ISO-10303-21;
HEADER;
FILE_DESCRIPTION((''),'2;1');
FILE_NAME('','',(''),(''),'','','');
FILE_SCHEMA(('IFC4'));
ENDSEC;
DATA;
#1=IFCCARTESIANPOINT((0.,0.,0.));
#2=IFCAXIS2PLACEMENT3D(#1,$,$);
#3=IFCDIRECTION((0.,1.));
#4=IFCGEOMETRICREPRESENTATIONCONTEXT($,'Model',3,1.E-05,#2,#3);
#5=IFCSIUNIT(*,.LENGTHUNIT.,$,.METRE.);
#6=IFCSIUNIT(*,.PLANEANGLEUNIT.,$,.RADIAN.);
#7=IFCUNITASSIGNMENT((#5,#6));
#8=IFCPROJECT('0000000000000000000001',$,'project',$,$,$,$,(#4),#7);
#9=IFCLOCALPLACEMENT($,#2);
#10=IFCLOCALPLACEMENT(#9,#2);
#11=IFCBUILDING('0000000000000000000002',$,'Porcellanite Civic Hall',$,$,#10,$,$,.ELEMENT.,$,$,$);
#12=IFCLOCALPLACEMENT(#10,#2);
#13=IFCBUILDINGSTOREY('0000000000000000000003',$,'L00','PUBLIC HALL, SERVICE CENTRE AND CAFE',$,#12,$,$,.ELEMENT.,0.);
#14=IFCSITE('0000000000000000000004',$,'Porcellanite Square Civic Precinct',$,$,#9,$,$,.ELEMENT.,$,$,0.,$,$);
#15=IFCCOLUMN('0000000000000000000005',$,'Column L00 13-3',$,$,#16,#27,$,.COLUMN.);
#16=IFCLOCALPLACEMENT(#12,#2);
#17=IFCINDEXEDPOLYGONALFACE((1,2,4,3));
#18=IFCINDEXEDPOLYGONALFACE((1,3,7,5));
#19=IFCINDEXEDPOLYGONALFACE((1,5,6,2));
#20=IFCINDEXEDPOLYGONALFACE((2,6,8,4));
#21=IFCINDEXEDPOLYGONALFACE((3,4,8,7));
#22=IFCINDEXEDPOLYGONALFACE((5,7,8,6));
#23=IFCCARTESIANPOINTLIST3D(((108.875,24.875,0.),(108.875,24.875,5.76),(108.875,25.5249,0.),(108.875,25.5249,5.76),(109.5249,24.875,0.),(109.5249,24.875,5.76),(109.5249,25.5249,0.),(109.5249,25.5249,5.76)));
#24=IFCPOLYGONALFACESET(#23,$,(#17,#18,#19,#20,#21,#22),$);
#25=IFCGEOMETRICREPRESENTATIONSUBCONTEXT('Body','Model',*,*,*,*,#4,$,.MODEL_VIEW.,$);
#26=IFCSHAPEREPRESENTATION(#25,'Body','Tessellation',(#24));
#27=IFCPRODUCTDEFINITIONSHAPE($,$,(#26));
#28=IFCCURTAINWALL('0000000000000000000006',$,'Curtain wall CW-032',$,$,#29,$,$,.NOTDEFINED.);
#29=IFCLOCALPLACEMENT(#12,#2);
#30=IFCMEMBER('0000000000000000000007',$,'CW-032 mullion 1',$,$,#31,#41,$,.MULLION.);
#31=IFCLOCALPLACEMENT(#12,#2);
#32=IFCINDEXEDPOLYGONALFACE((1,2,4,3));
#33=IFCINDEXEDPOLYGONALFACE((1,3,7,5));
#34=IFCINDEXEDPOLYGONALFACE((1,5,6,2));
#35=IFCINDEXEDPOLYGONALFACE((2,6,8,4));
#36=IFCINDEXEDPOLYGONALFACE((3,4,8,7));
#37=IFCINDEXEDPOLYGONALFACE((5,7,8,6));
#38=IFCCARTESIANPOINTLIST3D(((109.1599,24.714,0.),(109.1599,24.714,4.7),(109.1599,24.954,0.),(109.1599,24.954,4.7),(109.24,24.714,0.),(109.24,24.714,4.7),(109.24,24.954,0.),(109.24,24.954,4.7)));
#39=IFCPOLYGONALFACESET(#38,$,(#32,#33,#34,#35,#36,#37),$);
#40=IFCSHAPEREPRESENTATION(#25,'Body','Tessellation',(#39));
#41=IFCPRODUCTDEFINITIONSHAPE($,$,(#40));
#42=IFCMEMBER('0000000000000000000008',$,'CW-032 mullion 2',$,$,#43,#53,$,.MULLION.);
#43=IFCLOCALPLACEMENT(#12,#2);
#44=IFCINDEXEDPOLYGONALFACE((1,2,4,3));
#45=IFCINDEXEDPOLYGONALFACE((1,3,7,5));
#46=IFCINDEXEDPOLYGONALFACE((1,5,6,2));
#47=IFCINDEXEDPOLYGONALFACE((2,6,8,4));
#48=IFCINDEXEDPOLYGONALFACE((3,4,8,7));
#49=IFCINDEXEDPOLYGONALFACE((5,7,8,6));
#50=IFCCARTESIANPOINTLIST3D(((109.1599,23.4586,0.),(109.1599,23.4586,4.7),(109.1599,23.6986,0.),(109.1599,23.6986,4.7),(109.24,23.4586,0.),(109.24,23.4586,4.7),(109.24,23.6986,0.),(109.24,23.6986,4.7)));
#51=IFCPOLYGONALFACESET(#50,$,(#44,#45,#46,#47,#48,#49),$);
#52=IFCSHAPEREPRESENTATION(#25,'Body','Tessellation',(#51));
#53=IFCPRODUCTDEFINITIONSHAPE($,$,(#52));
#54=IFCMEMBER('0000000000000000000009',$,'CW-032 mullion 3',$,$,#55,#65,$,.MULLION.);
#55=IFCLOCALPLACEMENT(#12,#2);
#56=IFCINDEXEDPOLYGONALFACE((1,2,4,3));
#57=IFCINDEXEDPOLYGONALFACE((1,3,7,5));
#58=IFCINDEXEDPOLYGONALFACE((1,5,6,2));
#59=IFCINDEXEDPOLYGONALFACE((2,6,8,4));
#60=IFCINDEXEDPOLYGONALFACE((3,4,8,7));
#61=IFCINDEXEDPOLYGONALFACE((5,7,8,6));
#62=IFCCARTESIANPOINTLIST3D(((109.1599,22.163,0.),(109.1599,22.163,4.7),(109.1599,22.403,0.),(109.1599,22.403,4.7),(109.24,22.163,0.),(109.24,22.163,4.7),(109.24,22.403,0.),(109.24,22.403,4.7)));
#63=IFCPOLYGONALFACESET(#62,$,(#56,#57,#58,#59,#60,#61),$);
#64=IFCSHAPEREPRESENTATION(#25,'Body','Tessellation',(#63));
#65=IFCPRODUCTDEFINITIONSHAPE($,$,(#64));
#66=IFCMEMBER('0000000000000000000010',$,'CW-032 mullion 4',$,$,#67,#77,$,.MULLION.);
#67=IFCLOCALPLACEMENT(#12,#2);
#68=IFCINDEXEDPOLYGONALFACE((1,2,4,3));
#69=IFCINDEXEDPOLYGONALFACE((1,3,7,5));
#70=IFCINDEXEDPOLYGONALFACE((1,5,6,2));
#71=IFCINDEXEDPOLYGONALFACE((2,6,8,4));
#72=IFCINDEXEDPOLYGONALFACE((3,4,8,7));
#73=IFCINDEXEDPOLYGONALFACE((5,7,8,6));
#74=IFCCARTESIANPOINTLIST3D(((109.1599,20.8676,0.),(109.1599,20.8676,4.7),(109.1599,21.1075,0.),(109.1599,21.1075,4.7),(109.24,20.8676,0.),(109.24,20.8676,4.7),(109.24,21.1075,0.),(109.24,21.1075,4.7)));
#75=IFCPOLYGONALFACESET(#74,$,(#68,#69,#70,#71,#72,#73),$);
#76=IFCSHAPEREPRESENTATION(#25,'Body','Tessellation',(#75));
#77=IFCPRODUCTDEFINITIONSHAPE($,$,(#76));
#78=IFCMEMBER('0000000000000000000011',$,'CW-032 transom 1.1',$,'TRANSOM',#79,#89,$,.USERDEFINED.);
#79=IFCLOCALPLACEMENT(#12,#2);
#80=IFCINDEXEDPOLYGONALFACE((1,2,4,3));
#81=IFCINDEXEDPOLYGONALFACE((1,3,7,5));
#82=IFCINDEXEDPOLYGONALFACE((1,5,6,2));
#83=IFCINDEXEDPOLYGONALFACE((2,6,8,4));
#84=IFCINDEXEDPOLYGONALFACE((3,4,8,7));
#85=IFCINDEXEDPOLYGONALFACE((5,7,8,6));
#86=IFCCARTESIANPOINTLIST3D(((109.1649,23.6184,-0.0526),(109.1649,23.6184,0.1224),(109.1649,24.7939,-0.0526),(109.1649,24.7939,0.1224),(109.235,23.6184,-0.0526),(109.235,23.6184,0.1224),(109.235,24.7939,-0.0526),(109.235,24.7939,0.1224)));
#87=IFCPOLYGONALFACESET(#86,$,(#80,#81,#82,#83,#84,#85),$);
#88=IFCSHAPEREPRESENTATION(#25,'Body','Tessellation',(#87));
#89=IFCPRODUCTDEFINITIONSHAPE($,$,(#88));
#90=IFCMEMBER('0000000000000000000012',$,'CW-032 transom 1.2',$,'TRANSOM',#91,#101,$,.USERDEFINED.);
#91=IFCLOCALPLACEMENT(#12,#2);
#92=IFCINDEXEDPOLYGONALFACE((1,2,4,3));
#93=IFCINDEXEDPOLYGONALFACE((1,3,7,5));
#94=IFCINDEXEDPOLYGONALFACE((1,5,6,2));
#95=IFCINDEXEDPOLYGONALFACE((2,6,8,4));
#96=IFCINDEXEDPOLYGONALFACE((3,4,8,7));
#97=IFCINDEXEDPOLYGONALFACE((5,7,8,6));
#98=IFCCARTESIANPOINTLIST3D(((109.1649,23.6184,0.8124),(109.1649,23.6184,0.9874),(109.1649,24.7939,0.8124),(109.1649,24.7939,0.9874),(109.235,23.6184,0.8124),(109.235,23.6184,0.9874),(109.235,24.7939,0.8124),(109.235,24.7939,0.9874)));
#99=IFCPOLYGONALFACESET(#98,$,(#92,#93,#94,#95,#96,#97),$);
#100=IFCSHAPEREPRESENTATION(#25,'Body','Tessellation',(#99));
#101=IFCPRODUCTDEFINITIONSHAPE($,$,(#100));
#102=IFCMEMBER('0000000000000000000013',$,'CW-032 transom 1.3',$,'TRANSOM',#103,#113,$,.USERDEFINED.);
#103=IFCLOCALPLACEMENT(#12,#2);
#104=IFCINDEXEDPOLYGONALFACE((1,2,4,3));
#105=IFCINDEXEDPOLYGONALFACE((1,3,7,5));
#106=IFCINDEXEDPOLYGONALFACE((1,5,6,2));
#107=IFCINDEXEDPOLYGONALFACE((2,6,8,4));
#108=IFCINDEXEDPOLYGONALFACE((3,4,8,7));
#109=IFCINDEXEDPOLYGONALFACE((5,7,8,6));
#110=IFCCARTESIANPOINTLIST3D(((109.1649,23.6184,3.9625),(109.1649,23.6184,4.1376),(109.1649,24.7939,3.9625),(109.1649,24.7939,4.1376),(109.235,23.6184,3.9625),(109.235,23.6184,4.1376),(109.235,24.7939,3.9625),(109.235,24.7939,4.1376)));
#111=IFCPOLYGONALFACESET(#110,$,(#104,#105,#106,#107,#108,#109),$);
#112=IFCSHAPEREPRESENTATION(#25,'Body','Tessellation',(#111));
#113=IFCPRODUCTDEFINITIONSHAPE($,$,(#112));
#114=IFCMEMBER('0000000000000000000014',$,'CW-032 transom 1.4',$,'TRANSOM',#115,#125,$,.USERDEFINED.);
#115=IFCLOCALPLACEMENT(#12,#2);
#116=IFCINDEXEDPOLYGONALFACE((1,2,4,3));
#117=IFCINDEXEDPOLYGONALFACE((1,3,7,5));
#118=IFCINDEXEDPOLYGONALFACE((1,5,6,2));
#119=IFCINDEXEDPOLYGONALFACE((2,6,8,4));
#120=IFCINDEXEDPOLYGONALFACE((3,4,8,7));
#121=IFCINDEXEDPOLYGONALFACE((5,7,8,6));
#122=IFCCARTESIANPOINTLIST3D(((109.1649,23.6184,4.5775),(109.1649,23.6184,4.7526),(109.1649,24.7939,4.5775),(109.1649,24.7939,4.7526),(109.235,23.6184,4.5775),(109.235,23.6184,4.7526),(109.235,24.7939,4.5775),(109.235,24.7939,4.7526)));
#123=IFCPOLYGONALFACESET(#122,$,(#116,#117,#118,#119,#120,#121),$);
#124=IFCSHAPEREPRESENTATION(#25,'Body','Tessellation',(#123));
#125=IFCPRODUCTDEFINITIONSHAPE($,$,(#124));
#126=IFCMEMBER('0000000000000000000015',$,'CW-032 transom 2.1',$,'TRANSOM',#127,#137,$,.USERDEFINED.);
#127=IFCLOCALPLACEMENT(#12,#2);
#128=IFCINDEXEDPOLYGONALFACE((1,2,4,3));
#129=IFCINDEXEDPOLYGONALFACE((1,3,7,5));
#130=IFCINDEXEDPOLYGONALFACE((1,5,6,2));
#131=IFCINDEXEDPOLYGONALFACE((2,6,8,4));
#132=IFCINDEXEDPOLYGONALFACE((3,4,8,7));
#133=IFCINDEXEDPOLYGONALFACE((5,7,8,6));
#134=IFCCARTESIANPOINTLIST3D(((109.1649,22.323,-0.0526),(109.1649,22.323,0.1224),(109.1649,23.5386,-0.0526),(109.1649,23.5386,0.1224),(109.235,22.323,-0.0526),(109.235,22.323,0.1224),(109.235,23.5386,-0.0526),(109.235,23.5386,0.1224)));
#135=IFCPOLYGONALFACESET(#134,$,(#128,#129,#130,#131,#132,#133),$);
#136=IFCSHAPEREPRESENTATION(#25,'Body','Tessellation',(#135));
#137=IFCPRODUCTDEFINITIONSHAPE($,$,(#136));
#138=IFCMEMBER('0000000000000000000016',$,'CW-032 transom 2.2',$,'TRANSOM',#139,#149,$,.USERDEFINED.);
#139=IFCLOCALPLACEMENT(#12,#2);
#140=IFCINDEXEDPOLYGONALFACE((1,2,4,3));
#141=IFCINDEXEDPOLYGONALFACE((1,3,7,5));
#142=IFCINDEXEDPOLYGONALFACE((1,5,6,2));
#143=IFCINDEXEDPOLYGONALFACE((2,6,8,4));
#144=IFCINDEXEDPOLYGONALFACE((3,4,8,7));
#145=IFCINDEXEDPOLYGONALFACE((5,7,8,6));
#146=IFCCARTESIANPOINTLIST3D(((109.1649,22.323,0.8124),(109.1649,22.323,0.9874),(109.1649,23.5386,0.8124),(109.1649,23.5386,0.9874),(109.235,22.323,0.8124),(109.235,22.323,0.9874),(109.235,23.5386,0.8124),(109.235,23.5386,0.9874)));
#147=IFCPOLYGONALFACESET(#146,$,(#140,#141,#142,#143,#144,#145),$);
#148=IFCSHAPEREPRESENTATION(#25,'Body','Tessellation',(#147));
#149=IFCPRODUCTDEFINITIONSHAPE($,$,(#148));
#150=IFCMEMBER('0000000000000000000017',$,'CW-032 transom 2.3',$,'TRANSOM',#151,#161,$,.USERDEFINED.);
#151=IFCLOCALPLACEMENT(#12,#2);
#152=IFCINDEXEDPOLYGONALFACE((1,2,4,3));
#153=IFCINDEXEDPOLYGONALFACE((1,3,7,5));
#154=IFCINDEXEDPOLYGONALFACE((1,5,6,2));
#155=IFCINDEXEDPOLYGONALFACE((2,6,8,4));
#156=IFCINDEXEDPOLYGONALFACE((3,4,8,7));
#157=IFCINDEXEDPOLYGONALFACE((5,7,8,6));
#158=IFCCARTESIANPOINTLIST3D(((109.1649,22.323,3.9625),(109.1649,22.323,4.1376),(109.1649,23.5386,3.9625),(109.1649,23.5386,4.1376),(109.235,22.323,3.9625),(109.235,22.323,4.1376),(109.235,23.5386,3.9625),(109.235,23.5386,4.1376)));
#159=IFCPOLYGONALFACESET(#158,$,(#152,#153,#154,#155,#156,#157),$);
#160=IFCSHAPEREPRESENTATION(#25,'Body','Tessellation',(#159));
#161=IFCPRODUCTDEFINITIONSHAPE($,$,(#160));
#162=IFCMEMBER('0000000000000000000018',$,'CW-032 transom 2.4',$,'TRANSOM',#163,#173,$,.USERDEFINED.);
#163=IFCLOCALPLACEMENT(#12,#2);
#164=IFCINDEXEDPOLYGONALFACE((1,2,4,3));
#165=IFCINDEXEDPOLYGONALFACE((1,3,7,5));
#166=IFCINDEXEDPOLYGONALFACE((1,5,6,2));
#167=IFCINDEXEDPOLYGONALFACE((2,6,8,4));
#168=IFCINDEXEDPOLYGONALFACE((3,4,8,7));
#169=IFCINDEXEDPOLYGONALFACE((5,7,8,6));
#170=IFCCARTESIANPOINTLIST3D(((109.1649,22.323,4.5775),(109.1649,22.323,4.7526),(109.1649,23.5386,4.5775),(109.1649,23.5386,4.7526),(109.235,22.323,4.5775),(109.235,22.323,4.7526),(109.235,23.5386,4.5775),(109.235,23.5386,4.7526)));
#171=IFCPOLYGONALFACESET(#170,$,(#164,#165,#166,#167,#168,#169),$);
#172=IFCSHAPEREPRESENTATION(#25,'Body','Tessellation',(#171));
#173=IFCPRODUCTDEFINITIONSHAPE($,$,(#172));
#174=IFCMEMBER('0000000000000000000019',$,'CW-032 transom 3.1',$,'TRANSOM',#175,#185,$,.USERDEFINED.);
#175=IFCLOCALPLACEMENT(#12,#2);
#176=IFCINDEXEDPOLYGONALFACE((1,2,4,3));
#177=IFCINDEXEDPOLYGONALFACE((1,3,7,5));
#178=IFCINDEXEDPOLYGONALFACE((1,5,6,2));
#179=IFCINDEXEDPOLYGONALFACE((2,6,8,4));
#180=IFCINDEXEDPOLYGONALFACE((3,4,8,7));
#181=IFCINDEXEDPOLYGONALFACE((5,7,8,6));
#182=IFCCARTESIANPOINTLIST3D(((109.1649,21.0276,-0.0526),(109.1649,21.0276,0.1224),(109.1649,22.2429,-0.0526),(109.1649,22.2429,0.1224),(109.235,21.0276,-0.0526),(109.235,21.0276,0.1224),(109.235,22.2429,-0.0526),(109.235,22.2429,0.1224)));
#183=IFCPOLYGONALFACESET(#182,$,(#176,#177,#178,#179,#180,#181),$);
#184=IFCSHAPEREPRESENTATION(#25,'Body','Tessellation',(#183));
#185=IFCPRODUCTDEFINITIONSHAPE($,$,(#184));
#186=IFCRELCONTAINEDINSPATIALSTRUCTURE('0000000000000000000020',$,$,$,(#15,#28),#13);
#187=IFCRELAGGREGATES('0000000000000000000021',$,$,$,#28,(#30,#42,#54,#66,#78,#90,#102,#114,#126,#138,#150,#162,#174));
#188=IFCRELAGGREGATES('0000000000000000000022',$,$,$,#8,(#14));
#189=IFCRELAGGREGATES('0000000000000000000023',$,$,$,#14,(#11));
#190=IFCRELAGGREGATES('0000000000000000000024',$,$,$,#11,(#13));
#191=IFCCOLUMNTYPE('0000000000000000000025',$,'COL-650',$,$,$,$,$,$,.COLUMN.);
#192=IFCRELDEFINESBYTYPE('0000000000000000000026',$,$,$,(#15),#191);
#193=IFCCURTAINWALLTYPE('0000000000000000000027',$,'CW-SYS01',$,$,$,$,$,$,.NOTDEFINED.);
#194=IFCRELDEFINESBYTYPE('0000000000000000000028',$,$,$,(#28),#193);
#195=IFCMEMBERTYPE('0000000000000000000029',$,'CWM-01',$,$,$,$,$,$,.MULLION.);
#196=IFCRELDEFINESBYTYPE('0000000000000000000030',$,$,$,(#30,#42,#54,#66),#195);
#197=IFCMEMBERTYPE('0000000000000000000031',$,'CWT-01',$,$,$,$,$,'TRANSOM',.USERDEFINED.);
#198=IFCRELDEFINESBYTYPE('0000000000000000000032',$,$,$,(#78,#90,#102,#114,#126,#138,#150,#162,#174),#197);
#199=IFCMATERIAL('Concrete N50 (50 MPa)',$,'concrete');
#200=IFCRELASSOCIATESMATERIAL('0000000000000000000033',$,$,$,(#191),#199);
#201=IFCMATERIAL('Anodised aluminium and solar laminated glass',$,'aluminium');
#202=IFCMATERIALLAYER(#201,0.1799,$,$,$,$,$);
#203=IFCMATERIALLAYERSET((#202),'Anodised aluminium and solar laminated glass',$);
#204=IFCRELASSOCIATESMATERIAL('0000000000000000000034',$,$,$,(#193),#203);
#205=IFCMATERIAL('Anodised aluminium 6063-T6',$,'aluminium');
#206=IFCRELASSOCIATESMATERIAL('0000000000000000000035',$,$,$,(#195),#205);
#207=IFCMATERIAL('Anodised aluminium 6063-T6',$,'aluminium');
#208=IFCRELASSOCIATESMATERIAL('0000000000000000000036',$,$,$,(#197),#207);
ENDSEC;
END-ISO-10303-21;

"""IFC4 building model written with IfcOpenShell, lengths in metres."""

from ifc_helpers import new_model, si_unit, direction, frame, origin, origin_2d, place, context, subcontext, project, spatial, rectangle, extrude, material, layer, layer_set, material_profile, profile_set, type_object, element, aggregate, save


model = new_model("IFC4")

# Units and contexts
model_context = context("Model", 3, precision=1e-05, world=origin(), true_north=direction((0.0, 1.0)))
body_context = subcontext(model_context, "Body", "Model", "MODEL_VIEW")
ifc_project = project(units=[si_unit("LENGTHUNIT", "METRE"), si_unit("PLANEANGLEUNIT", "RADIAN")], contexts=[model_context])

# Site, building, storey
site_placement = place(None, origin())
site = spatial("IfcSite", under=ifc_project, at=site_placement, Name="Porcellanite Square Civic Precinct", CompositionType="ELEMENT", RefElevation=0.0)
building_placement = place(site_placement, origin())
building = spatial("IfcBuilding", under=site, at=building_placement, Name="Porcellanite Civic Hall", CompositionType="ELEMENT")
storey_placement = place(building_placement, origin())
storey = spatial("IfcBuildingStorey", under=building, at=storey_placement, Name="L00", Description="PUBLIC HALL, SERVICE CENTRE AND CAFE", CompositionType="ELEMENT", Elevation=0.0)

# Column
ifc_material_1 = material(Name="Concrete N50 (50 MPa)", Category="concrete")
ifc_material_profile_1 = material_profile(ifc_material_1, rectangle(XDim=0.6499, YDim=0.6499, at=origin_2d()), Name="RC-650x650")
ifc_profile_set_1 = profile_set([ifc_material_profile_1], Name="Concrete N50 (50 MPa)")
column_type = type_object("IfcColumnType", Name="COL-650", PredefinedType="COLUMN", material=ifc_profile_set_1)
column_placement = place(storey_placement, frame((109.2, 25.2, 0.0), z_axis=(0.0, 0.0, 1.0), x_axis=(1.0, 0.0, 0.0)))
element("IfcColumn", 1, at=column_placement, inside=storey, type_object=column_type, Name="Column L00 13-3", PredefinedType="COLUMN", context=body_context, shape_type="SweptSolid", body=[
    extrude(rectangle(XDim=0.6499, YDim=0.6499, at=origin_2d()), origin(), (0.0, 0.0, 1.0), 5.76),
])

# Curtain wall, members
ifc_material_2 = material(Name="Anodised aluminium and solar laminated glass", Category="aluminium")
ifc_layer_1 = layer(ifc_material_2, 0.1799)
ifc_layer_set_1 = layer_set([ifc_layer_1], Name="Anodised aluminium and solar laminated glass")
curtain_wall_type = type_object("IfcCurtainWallType", Name="CW-SYS01", PredefinedType="NOTDEFINED", material=ifc_layer_set_1)
curtain_wall_placement = place(storey_placement, origin())
curtain_wall = element("IfcCurtainWall", 2, at=curtain_wall_placement, inside=storey, type_object=curtain_wall_type, Name="Curtain wall CW-032", PredefinedType="NOTDEFINED")
ifc_material_3 = material(Name="Anodised aluminium 6063-T6", Category="aluminium")
ifc_material_profile_2 = material_profile(ifc_material_3, rectangle(XDim=0.0801, YDim=0.24, at=origin_2d()), Name="AL-80x240")
ifc_profile_set_2 = profile_set([ifc_material_profile_2], Name="Anodised aluminium 6063-T6")
member_type_1 = type_object("IfcMemberType", Name="CWM-01", PredefinedType="MULLION", material=ifc_profile_set_2)
member_1_placement = place(storey_placement, frame((109.2, 24.834, 0.0), z_axis=(0.0, 0.0, 1.0), x_axis=(1.0, 0.0, 0.0)))
member_1 = element("IfcMember", 3, at=member_1_placement, type_object=member_type_1, Name="CW-032 mullion 1", PredefinedType="MULLION", context=body_context, shape_type="SweptSolid", body=[
    extrude(rectangle(XDim=0.0801, YDim=0.24, at=origin_2d()), origin(), (0.0, 0.0, 1.0), 4.7),
])
member_2_placement = place(storey_placement, frame((109.2, 23.5786, 0.0), z_axis=(0.0, 0.0, 1.0), x_axis=(1.0, 0.0, 0.0)))
member_2 = element("IfcMember", 4, at=member_2_placement, type_object=member_type_1, Name="CW-032 mullion 2", PredefinedType="MULLION", context=body_context, shape_type="SweptSolid", body=[
    extrude(rectangle(XDim=0.0801, YDim=0.24, at=origin_2d()), origin(), (0.0, 0.0, 1.0), 4.7),
])
member_3_placement = place(storey_placement, frame((109.2, 22.283, 0.0), z_axis=(0.0, 0.0, 1.0), x_axis=(1.0, 0.0, 0.0)))
member_3 = element("IfcMember", 5, at=member_3_placement, type_object=member_type_1, Name="CW-032 mullion 3", PredefinedType="MULLION", context=body_context, shape_type="SweptSolid", body=[
    extrude(rectangle(XDim=0.0801, YDim=0.24, at=origin_2d()), origin(), (0.0, 0.0, 1.0), 4.7),
])
member_4_placement = place(storey_placement, frame((109.2, 20.9875, 0.0), z_axis=(0.0, 0.0, 1.0), x_axis=(1.0, 0.0, 0.0)))
member_4 = element("IfcMember", 6, at=member_4_placement, type_object=member_type_1, Name="CW-032 mullion 4", PredefinedType="MULLION", context=body_context, shape_type="SweptSolid", body=[
    extrude(rectangle(XDim=0.0801, YDim=0.24, at=origin_2d()), origin(), (0.0, 0.0, 1.0), 4.7),
])
ifc_material_4 = material(Name="Anodised aluminium 6063-T6", Category="aluminium")
ifc_material_profile_3 = material_profile(ifc_material_4, rectangle(XDim=0.0701, YDim=0.175, at=origin_2d()), Name="AL-70x175")
ifc_profile_set_3 = profile_set([ifc_material_profile_3], Name="Anodised aluminium 6063-T6")
member_type_2 = type_object("IfcMemberType", Name="CWT-01", ElementType="TRANSOM", PredefinedType="USERDEFINED", material=ifc_profile_set_3)
member_5_placement = place(storey_placement, frame((109.2, 24.7939, 0.0349), z_axis=(0.0, -1.0, 0.0), x_axis=(1.0, 0.0, 0.0)))
member_5 = element("IfcMember", 7, at=member_5_placement, type_object=member_type_2, Name="CW-032 transom 1.1", ObjectType="TRANSOM", PredefinedType="USERDEFINED", context=body_context, shape_type="SweptSolid", body=[
    extrude(rectangle(XDim=0.0701, YDim=0.175, at=origin_2d()), origin(), (0.0, 0.0, 1.0), 1.1755),
])
member_6_placement = place(storey_placement, frame((109.2, 24.7939, 0.8999), z_axis=(0.0, -1.0, 0.0), x_axis=(1.0, 0.0, 0.0)))
member_6 = element("IfcMember", 8, at=member_6_placement, type_object=member_type_2, Name="CW-032 transom 1.2", ObjectType="TRANSOM", PredefinedType="USERDEFINED", context=body_context, shape_type="SweptSolid", body=[
    extrude(rectangle(XDim=0.0701, YDim=0.175, at=origin_2d()), origin(), (0.0, 0.0, 1.0), 1.1755),
])
member_7_placement = place(storey_placement, frame((109.2, 24.7939, 4.05), z_axis=(0.0, -1.0, 0.0), x_axis=(1.0, 0.0, 0.0)))
member_7 = element("IfcMember", 9, at=member_7_placement, type_object=member_type_2, Name="CW-032 transom 1.3", ObjectType="TRANSOM", PredefinedType="USERDEFINED", context=body_context, shape_type="SweptSolid", body=[
    extrude(rectangle(XDim=0.0701, YDim=0.175, at=origin_2d()), origin(), (0.0, 0.0, 1.0), 1.1755),
])
member_8_placement = place(storey_placement, frame((109.2, 24.7939, 4.665), z_axis=(0.0, -1.0, 0.0), x_axis=(1.0, 0.0, 0.0)))
member_8 = element("IfcMember", 10, at=member_8_placement, type_object=member_type_2, Name="CW-032 transom 1.4", ObjectType="TRANSOM", PredefinedType="USERDEFINED", context=body_context, shape_type="SweptSolid", body=[
    extrude(rectangle(XDim=0.0701, YDim=0.175, at=origin_2d()), origin(), (0.0, 0.0, 1.0), 1.1755),
])
member_9_placement = place(storey_placement, frame((109.2, 23.5386, 0.0349), z_axis=(0.0, -1.0, 0.0), x_axis=(1.0, 0.0, 0.0)))
member_9 = element("IfcMember", 11, at=member_9_placement, type_object=member_type_2, Name="CW-032 transom 2.1", ObjectType="TRANSOM", PredefinedType="USERDEFINED", context=body_context, shape_type="SweptSolid", body=[
    extrude(rectangle(XDim=0.0701, YDim=0.175, at=origin_2d()), origin(), (0.0, 0.0, 1.0), 1.2156),
])
member_10_placement = place(storey_placement, frame((109.2, 23.5386, 0.8999), z_axis=(0.0, -1.0, 0.0), x_axis=(1.0, 0.0, 0.0)))
member_10 = element("IfcMember", 12, at=member_10_placement, type_object=member_type_2, Name="CW-032 transom 2.2", ObjectType="TRANSOM", PredefinedType="USERDEFINED", context=body_context, shape_type="SweptSolid", body=[
    extrude(rectangle(XDim=0.0701, YDim=0.175, at=origin_2d()), origin(), (0.0, 0.0, 1.0), 1.2156),
])
member_11_placement = place(storey_placement, frame((109.2, 23.5386, 4.05), z_axis=(0.0, -1.0, 0.0), x_axis=(1.0, 0.0, 0.0)))
member_11 = element("IfcMember", 13, at=member_11_placement, type_object=member_type_2, Name="CW-032 transom 2.3", ObjectType="TRANSOM", PredefinedType="USERDEFINED", context=body_context, shape_type="SweptSolid", body=[
    extrude(rectangle(XDim=0.0701, YDim=0.175, at=origin_2d()), origin(), (0.0, 0.0, 1.0), 1.2156),
])
member_12_placement = place(storey_placement, frame((109.2, 23.5386, 4.665), z_axis=(0.0, -1.0, 0.0), x_axis=(1.0, 0.0, 0.0)))
member_12 = element("IfcMember", 14, at=member_12_placement, type_object=member_type_2, Name="CW-032 transom 2.4", ObjectType="TRANSOM", PredefinedType="USERDEFINED", context=body_context, shape_type="SweptSolid", body=[
    extrude(rectangle(XDim=0.0701, YDim=0.175, at=origin_2d()), origin(), (0.0, 0.0, 1.0), 1.2156),
])
member_13_placement = place(storey_placement, frame((109.2, 22.2429, 0.0349), z_axis=(0.0, -1.0, 0.0), x_axis=(1.0, 0.0, 0.0)))
member_13 = element("IfcMember", 15, at=member_13_placement, type_object=member_type_2, Name="CW-032 transom 3.1", ObjectType="TRANSOM", PredefinedType="USERDEFINED", context=body_context, shape_type="SweptSolid", body=[
    extrude(rectangle(XDim=0.0701, YDim=0.175, at=origin_2d()), origin(), (0.0, 0.0, 1.0), 1.2153),
])
aggregate(curtain_wall, [member_1, member_2, member_3, member_4, member_5, member_6, member_7, member_8, member_9, member_10, member_11, member_12, member_13])

save(model, "model.ifc")
